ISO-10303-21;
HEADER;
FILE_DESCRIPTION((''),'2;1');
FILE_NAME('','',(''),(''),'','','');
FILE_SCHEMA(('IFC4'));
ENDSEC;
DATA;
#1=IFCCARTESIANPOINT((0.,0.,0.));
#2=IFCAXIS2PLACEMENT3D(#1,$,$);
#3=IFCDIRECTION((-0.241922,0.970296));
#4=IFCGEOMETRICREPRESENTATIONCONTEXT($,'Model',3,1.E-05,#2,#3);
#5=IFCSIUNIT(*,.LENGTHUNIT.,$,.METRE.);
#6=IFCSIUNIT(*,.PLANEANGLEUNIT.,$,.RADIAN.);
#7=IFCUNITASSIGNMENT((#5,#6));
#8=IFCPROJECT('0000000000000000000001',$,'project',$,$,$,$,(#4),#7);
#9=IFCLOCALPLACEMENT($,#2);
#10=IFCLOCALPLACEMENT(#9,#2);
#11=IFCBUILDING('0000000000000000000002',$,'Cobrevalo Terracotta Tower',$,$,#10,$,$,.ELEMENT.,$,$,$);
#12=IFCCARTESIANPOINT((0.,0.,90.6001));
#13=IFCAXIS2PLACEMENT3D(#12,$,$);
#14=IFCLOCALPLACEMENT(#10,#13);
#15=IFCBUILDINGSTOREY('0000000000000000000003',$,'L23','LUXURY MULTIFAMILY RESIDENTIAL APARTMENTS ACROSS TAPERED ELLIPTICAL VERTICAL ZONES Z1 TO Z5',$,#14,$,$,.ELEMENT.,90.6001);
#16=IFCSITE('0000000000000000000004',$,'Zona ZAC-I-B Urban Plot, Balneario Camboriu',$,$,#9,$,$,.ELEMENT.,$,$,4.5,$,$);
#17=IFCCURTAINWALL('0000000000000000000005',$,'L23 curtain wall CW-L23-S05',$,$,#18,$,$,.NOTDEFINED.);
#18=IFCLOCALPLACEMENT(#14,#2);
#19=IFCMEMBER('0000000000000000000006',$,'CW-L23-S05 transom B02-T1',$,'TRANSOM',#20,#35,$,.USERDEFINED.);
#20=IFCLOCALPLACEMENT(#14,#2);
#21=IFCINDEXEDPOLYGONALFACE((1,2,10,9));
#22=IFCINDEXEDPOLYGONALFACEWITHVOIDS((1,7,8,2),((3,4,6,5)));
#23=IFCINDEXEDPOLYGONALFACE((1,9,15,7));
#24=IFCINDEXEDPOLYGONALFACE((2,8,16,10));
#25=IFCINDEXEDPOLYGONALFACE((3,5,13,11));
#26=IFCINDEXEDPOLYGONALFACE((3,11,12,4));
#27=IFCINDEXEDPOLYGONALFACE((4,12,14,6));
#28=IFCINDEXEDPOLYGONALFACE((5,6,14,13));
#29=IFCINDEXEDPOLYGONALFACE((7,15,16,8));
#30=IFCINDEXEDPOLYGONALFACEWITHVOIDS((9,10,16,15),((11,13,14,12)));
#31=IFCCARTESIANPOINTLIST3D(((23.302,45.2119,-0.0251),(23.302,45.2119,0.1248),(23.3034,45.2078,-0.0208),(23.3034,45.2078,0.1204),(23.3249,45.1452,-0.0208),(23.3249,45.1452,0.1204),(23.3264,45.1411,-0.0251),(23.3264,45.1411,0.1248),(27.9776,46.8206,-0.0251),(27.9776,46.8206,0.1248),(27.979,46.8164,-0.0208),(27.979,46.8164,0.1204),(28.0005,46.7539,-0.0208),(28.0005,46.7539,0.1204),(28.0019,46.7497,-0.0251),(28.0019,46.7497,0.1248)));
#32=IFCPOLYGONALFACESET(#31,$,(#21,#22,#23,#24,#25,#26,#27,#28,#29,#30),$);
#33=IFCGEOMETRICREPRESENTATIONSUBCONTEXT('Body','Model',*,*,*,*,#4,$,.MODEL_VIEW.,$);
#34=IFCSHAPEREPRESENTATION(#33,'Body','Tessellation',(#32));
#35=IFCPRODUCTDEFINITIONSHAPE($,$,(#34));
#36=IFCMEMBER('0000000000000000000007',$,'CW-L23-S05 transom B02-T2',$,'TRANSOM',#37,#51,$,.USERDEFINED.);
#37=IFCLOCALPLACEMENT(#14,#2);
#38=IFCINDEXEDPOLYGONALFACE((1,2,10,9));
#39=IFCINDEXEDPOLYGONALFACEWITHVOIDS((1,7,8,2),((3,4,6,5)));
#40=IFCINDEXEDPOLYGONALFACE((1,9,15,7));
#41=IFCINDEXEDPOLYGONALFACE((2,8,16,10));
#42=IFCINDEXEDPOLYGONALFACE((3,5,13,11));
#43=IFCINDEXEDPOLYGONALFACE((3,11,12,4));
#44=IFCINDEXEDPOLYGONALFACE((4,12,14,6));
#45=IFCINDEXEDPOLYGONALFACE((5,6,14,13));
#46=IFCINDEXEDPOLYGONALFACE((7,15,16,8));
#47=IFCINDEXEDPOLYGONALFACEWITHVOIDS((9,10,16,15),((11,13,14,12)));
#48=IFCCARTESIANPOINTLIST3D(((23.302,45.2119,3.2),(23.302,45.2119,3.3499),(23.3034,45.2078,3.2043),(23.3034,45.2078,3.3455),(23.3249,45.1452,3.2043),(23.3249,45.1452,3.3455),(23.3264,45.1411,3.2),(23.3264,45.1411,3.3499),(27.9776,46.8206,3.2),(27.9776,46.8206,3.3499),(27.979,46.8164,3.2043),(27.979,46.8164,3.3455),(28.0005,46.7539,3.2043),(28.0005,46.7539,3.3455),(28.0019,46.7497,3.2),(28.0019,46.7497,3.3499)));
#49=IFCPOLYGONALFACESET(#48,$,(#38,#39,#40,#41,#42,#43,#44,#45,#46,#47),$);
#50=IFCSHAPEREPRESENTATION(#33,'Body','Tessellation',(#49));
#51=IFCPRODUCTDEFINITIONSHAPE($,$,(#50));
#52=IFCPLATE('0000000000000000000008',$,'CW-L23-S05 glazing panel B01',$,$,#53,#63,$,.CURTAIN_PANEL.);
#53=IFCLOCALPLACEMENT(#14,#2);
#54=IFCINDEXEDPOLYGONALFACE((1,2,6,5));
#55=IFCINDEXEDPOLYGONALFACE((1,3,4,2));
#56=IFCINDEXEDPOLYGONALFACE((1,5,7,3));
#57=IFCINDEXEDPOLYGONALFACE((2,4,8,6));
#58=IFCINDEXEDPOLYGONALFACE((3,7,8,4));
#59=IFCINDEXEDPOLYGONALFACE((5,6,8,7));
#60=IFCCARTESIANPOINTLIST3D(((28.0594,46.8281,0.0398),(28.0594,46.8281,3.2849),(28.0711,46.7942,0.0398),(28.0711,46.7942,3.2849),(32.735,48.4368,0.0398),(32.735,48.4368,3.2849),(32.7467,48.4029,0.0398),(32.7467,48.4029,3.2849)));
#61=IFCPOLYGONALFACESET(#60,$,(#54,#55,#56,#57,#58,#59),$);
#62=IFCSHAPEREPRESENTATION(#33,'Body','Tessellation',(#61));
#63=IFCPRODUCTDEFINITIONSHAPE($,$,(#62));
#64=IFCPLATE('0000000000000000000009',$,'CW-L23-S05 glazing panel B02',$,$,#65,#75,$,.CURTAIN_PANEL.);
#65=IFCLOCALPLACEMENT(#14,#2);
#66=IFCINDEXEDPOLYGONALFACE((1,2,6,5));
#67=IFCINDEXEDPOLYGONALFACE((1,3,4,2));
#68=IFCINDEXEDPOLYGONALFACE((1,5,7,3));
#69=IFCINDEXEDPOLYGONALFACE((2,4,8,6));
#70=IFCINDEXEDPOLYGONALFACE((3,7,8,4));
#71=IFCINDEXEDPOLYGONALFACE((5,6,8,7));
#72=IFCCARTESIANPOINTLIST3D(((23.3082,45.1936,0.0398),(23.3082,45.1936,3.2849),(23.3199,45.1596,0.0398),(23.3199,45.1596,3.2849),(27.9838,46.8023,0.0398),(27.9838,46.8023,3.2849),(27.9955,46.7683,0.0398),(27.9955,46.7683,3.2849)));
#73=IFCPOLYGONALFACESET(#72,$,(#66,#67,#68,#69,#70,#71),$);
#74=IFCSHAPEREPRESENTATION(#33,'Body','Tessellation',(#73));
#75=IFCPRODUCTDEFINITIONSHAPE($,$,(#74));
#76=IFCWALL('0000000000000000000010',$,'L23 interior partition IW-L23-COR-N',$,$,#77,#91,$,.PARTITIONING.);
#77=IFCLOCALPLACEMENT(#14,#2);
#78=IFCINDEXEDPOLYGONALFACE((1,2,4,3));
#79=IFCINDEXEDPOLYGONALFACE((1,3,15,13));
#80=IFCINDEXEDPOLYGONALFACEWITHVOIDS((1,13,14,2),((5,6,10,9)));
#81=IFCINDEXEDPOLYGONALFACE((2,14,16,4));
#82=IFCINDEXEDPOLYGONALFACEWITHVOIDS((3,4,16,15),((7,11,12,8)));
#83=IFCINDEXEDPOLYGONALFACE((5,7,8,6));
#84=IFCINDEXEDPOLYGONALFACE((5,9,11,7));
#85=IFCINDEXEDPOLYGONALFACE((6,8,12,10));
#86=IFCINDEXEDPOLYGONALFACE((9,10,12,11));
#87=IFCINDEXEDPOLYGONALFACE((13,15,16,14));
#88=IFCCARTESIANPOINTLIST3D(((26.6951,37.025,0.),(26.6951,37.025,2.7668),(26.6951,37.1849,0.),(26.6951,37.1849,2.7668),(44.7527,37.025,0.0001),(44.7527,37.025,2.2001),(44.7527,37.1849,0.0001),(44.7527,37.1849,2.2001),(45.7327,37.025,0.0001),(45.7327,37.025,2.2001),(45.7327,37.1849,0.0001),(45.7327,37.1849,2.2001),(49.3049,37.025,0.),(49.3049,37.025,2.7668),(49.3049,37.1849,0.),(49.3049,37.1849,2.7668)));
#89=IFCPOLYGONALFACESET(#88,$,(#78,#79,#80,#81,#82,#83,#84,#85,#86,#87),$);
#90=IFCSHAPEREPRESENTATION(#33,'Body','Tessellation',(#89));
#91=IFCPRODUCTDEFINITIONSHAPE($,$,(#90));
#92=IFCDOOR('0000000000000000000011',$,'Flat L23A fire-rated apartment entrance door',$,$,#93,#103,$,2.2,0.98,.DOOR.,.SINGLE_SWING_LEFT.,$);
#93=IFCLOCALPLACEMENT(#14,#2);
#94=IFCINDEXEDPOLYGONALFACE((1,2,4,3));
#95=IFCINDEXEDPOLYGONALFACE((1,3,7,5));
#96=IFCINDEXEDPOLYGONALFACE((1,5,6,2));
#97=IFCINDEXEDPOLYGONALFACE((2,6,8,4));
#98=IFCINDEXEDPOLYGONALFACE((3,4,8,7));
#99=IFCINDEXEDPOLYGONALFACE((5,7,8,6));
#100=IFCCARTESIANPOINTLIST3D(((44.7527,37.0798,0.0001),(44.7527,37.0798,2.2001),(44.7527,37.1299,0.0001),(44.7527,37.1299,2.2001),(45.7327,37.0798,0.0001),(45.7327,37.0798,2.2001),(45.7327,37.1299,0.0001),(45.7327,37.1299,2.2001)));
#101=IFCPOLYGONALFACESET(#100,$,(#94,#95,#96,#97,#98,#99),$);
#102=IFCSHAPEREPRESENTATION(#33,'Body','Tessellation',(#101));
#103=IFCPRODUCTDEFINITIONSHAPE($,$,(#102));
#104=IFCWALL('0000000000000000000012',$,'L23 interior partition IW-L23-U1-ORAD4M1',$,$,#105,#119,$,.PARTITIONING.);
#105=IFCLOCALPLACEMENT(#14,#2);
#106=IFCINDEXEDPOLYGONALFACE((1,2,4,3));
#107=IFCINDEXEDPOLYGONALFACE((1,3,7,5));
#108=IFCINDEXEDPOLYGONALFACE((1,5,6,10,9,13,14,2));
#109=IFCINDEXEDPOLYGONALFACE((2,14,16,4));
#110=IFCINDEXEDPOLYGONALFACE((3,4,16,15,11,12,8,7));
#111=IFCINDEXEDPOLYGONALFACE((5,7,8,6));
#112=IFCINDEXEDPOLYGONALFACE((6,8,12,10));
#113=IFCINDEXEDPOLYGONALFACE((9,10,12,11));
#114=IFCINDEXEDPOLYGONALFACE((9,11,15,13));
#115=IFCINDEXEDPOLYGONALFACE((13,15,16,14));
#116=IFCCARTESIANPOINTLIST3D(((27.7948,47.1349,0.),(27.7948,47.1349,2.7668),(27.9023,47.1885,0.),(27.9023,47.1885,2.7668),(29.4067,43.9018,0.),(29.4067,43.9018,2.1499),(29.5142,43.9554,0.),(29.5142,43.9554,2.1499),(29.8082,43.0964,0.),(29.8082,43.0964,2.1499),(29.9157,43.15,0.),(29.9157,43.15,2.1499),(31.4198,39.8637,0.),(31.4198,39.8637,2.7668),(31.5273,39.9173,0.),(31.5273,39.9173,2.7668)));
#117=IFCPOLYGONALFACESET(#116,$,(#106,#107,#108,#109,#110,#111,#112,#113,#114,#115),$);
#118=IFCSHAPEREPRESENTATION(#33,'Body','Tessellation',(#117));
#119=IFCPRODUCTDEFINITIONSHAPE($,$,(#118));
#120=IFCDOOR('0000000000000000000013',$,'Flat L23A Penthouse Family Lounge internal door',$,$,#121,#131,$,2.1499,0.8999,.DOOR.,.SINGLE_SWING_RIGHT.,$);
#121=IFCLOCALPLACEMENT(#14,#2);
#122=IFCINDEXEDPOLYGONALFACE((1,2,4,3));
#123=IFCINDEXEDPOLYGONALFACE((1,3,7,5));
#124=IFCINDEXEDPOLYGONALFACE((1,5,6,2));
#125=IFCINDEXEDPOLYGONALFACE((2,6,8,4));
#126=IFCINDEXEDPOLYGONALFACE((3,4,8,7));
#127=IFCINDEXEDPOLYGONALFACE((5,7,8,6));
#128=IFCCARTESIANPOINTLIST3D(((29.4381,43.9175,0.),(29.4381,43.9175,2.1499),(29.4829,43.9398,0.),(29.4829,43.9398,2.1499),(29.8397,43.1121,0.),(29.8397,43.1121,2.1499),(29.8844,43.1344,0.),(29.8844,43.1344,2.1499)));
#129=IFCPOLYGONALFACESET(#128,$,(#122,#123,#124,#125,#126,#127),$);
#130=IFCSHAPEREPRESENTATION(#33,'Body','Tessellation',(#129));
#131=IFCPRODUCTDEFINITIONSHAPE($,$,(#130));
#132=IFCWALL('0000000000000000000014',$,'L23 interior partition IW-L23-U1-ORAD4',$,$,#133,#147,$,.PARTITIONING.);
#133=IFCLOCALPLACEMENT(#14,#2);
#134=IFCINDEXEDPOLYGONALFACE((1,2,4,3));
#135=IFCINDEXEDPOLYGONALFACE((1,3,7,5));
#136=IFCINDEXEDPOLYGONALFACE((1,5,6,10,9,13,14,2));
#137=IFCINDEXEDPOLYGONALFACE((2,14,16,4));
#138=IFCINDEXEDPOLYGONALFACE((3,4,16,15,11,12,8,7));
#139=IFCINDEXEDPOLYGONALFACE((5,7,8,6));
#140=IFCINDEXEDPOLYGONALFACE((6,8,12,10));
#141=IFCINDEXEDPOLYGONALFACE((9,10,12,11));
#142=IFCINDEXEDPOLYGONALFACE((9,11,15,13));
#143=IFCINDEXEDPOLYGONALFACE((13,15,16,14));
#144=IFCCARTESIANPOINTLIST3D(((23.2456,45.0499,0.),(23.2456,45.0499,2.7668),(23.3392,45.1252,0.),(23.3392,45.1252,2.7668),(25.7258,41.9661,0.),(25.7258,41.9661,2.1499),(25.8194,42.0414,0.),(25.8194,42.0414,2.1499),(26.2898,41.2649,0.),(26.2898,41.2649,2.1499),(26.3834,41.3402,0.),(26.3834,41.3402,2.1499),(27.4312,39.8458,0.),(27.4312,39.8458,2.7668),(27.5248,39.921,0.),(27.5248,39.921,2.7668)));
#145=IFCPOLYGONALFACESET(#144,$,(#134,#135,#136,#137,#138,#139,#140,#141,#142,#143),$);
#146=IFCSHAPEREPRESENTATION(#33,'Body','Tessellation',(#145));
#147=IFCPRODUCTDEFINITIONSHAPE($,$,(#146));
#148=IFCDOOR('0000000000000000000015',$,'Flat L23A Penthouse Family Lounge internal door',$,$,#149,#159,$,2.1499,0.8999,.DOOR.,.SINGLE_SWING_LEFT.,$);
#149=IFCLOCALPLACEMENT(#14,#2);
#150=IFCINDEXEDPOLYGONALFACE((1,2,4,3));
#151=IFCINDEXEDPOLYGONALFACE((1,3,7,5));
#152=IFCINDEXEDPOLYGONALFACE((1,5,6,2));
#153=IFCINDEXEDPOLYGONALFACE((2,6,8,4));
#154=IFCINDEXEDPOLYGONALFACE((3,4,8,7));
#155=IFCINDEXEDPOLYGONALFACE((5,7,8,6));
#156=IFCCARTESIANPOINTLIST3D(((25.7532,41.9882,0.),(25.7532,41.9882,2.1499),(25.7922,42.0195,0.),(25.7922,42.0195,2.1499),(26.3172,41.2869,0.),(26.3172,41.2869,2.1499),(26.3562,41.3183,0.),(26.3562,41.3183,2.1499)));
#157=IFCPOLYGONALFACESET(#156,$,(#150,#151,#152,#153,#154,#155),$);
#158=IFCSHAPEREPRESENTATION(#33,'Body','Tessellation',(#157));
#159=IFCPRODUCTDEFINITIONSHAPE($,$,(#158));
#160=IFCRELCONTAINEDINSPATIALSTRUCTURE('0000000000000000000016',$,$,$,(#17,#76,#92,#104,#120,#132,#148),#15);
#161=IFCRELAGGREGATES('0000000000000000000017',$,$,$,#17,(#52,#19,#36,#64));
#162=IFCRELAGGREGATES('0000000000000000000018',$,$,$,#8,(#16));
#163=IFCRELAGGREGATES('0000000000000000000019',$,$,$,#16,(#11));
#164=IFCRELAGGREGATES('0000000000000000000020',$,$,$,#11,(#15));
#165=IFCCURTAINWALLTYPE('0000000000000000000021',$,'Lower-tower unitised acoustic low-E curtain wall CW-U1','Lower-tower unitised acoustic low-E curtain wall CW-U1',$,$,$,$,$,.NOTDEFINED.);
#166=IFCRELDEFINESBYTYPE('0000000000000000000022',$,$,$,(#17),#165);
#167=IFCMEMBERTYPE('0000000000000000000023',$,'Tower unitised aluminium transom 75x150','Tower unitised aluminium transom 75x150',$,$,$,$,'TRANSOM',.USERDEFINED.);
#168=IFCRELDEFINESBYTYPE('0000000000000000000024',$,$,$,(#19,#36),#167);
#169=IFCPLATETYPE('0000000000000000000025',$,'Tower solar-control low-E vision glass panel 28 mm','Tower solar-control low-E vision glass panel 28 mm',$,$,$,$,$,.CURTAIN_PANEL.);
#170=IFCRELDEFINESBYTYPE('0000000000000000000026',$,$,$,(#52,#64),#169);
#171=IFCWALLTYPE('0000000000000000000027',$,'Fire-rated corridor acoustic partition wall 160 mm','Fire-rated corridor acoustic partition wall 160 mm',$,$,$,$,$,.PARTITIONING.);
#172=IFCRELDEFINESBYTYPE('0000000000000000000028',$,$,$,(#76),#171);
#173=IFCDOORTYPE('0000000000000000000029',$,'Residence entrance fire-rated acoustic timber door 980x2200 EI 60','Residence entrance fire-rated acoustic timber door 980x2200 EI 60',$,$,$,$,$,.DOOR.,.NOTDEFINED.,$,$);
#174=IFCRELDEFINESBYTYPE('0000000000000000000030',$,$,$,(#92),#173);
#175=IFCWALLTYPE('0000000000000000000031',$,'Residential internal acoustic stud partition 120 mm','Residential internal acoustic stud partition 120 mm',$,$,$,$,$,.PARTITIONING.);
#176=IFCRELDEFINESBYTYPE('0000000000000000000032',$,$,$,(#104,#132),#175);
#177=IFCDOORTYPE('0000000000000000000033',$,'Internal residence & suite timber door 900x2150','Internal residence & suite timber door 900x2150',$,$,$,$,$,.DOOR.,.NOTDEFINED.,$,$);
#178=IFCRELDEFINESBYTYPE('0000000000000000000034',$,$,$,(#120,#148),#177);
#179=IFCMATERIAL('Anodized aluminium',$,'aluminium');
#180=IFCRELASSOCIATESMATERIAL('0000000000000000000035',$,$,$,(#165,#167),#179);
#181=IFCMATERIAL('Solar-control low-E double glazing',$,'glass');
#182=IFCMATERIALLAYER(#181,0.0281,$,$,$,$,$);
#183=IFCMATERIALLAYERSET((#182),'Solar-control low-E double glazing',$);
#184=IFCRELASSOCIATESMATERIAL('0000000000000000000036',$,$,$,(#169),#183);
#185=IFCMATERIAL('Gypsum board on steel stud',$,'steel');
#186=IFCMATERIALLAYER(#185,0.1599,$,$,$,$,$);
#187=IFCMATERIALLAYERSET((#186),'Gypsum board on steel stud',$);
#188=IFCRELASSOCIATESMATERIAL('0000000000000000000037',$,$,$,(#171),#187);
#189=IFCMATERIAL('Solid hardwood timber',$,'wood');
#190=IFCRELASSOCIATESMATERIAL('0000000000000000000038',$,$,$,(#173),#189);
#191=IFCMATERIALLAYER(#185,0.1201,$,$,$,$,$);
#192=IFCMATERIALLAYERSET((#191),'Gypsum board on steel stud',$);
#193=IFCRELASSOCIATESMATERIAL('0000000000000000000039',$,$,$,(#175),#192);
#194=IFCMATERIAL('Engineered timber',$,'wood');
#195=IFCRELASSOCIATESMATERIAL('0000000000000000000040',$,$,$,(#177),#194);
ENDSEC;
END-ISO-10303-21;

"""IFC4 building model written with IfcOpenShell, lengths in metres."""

from ifc_helpers import new_model, si_unit, direction, frame, frame_2d, origin, origin_2d, place, context, subcontext, project, spatial, rectangle, hollow_rectangle, extrude, source, transform, mapped, material, layer, layer_set, material_profile, profile_set, type_object, element, fill, aggregate, save


model = new_model("IFC4")

# Units and contexts
model_context = context("Model", 3, precision=1e-05, world=origin(), true_north=direction((-0.241922, 0.970296)))
body_context = subcontext(model_context, "Body", "Model", "MODEL_VIEW")
ifc_project = project(units=[si_unit("LENGTHUNIT", "METRE"), si_unit("PLANEANGLEUNIT", "RADIAN")], contexts=[model_context])

# Site, building, storey
site_placement = place(None, origin())
site = spatial("IfcSite", under=ifc_project, at=site_placement, Name="Zona ZAC-I-B Urban Plot, Balneario Camboriu", CompositionType="ELEMENT", RefElevation=4.5)
building_placement = place(site_placement, origin())
building = spatial("IfcBuilding", under=site, at=building_placement, Name="Cobrevalo Terracotta Tower", CompositionType="ELEMENT")
storey_placement = place(building_placement, frame((0.0, 0.0, 90.6001)))
storey = spatial("IfcBuildingStorey", under=building, at=storey_placement, Name="L23", Description="LUXURY MULTIFAMILY RESIDENTIAL APARTMENTS ACROSS TAPERED ELLIPTICAL VERTICAL ZONES Z1 TO Z5", CompositionType="ELEMENT", Elevation=90.6001)

# Curtain wall, members, plates
ifc_material_1 = material(Name="Anodized aluminium", Category="aluminium")
curtain_wall_type = type_object("IfcCurtainWallType", Name="Lower-tower unitised acoustic low-E curtain wall CW-U1", Description="Lower-tower unitised acoustic low-E curtain wall CW-U1", PredefinedType="NOTDEFINED", material=ifc_material_1)
curtain_wall_placement = place(storey_placement, origin())
curtain_wall = element("IfcCurtainWall", 1, at=curtain_wall_placement, inside=storey, type_object=curtain_wall_type, Name="L23 curtain wall CW-L23-S05", PredefinedType="NOTDEFINED")
ifc_material_profile_1 = material_profile(ifc_material_1, hollow_rectangle(XDim=0.075, YDim=0.1499, WallThickness=0.0044, at=origin_2d()), Name="CWT 75x150")
ifc_profile_set_1 = profile_set([ifc_material_profile_1], Name="Anodized aluminium")
member_type_1 = type_object("IfcMemberType", Name="Tower unitised aluminium transom 75x150", Description="Tower unitised aluminium transom 75x150", ElementType="TRANSOM", PredefinedType="USERDEFINED", material=ifc_profile_set_1)
shared_shape_1 = source(origin(), body_context, "Body", "SweptSolid", [
    extrude(hollow_rectangle(XDim=0.075, YDim=0.1499, WallThickness=0.0044, at=origin_2d()), origin(), (0.0, 0.0, 1.0), 4.9446),
])
member_1_placement = place(storey_placement, frame((27.9897, 46.7852, 0.0498), z_axis=(-0.945598, -0.325338, 0.0), x_axis=(0.325338, -0.945598, 0.0)))
member_1 = element("IfcMember", 2, at=member_1_placement, type_object=member_type_1, Name="CW-L23-S05 transom B02-T1", ObjectType="TRANSOM", PredefinedType="USERDEFINED", context=body_context, shape_type="MappedRepresentation", body=[
    mapped(shared_shape_1, transform((0.0, 0.0, 0.0), scale=1.0)),
])
member_2_placement = place(storey_placement, frame((27.9897, 46.7852, 3.2749), z_axis=(-0.945598, -0.325338, 0.0), x_axis=(0.325338, -0.945598, 0.0)))
member_2 = element("IfcMember", 3, at=member_2_placement, type_object=member_type_1, Name="CW-L23-S05 transom B02-T2", ObjectType="TRANSOM", PredefinedType="USERDEFINED", context=body_context, shape_type="MappedRepresentation", body=[
    mapped(shared_shape_1, transform((0.0, 0.0, 0.0), scale=1.0)),
])
ifc_material_2 = material(Name="Solar-control low-E double glazing", Category="glass")
ifc_layer_1 = layer(ifc_material_2, 0.0281)
ifc_layer_set_1 = layer_set([ifc_layer_1], Name="Solar-control low-E double glazing")
plate_type = type_object("IfcPlateType", Name="Tower solar-control low-E vision glass panel 28 mm", Description="Tower solar-control low-E vision glass panel 28 mm", PredefinedType="CURTAIN_PANEL", material=ifc_layer_set_1)
shared_shape_2 = source(origin(), body_context, "Body", "SweptSolid", [
    extrude(rectangle(XDim=4.9446, YDim=0.0359, at=origin_2d()), origin(), (0.0, 0.0, 1.0), 3.2451),
])
plate_1_placement = place(storey_placement, frame((30.4031, 47.6155, 0.0398), z_axis=(0.0, 0.0, 1.0), x_axis=(-0.945596, -0.325342, 0.0)))
plate_1 = element("IfcPlate", 4, at=plate_1_placement, type_object=plate_type, Name="CW-L23-S05 glazing panel B01", PredefinedType="CURTAIN_PANEL", context=body_context, shape_type="MappedRepresentation", body=[
    mapped(shared_shape_2, transform((0.0, 0.0, 0.0), scale=1.0)),
])
plate_2_placement = place(storey_placement, frame((25.6519, 45.981, 0.0398), z_axis=(0.0, 0.0, 1.0), x_axis=(-0.945596, -0.325342, 0.0)))
plate_2 = element("IfcPlate", 5, at=plate_2_placement, type_object=plate_type, Name="CW-L23-S05 glazing panel B02", PredefinedType="CURTAIN_PANEL", context=body_context, shape_type="MappedRepresentation", body=[
    mapped(shared_shape_2, transform((0.0, 0.0, 0.0), scale=1.0)),
])
aggregate(curtain_wall, [plate_1, member_1, member_2, plate_2])

# Walls, openings, doors
ifc_material_3 = material(Name="Gypsum board on steel stud", Category="steel")
ifc_layer_2 = layer(ifc_material_3, 0.1599)
ifc_layer_set_2 = layer_set([ifc_layer_2], Name="Gypsum board on steel stud")
wall_type_1 = type_object("IfcWallType", Name="Fire-rated corridor acoustic partition wall 160 mm", Description="Fire-rated corridor acoustic partition wall 160 mm", PredefinedType="PARTITIONING", material=ifc_layer_set_2)
wall_1_placement = place(storey_placement, frame((26.6951, 37.105, 0.0), z_axis=(0.0, 0.0, 1.0), x_axis=(1.0, 0.0, 0.0)))
wall_1 = element("IfcWall", 6, at=wall_1_placement, inside=storey, type_object=wall_type_1, Name="L23 interior partition IW-L23-COR-N", PredefinedType="PARTITIONING", context=body_context, shape_type="SweptSolid", body=[
    extrude(rectangle(XDim=22.6099, YDim=0.1599, at=frame_2d((11.3049, 0.0))), origin(), (0.0, 0.0, 1.0), 2.7668),
])
opening_1_placement = place(wall_1_placement, frame((18.0576, 0.0, 0.0)))
opening_1 = element("IfcOpeningElement", 7, at=opening_1_placement, cuts=wall_1, PredefinedType="OPENING", context=body_context, shape_type="SweptSolid", body=[
    extrude(rectangle(XDim=0.98, YDim=2.2, at=frame_2d((0.49, 1.1001))), frame((0.0, 0.0898, 0.0), z_axis=(0.0, -1.0, 0.0), x_axis=(1.0, 0.0, 0.0)), (0.0, 0.0, 1.0), 0.1799),
])
ifc_material_4 = material(Name="Solid hardwood timber", Category="wood")
door_type_1 = type_object("IfcDoorType", Name="Residence entrance fire-rated acoustic timber door 980x2200 EI 60", Description="Residence entrance fire-rated acoustic timber door 980x2200 EI 60", OperationType="NOTDEFINED", PredefinedType="DOOR", material=ifc_material_4)
shared_shape_3 = source(origin(), body_context, "Body", "SweptSolid", [
    extrude(rectangle(XDim=0.98, YDim=2.2, at=frame_2d((0.49, 1.1001))), frame((0.0, 0.0249, 0.0), z_axis=(0.0, -1.0, 0.0), x_axis=(1.0, 0.0, 0.0)), (0.0, 0.0, 1.0), 0.05),
])
door_1_placement = place(opening_1_placement, origin())
door_1 = element("IfcDoor", 8, at=door_1_placement, inside=storey, type_object=door_type_1, Name="Flat L23A fire-rated apartment entrance door", OperationType="SINGLE_SWING_LEFT", OverallHeight=2.2, OverallWidth=0.98, PredefinedType="DOOR", context=body_context, shape_type="MappedRepresentation", body=[
    mapped(shared_shape_3, transform((0.0, 0.0, 0.0), scale=1.0)),
])
fill(opening_1, door_1)
ifc_layer_3 = layer(ifc_material_3, 0.1201)
ifc_layer_set_3 = layer_set([ifc_layer_3], Name="Gypsum board on steel stud")
wall_type_2 = type_object("IfcWallType", Name="Residential internal acoustic stud partition 120 mm", Description="Residential internal acoustic stud partition 120 mm", PredefinedType="PARTITIONING", material=ifc_layer_set_3)
wall_2_placement = place(storey_placement, frame((31.4736, 39.8904, 0.0), z_axis=(0.0, 0.0, 1.0), x_axis=(-0.446168, 0.894949, 0.0)))
wall_2 = element("IfcWall", 9, at=wall_2_placement, inside=storey, type_object=wall_type_2, Name="L23 interior partition IW-L23-U1-ORAD4M1", PredefinedType="PARTITIONING", context=body_context, shape_type="SweptSolid", body=[
    extrude(rectangle(XDim=8.1248, YDim=0.1201, at=frame_2d((4.0625, 0.0))), origin(), (0.0, 0.0, 1.0), 2.7668),
])
opening_2_placement = place(wall_2_placement, frame((3.6123, 0.0, 0.0)))
opening_2 = element("IfcOpeningElement", 10, at=opening_2_placement, cuts=wall_2, PredefinedType="OPENING", context=body_context, shape_type="SweptSolid", body=[
    extrude(rectangle(XDim=0.8999, YDim=2.1499, at=frame_2d((0.45, 1.075))), frame((0.0, 0.0701, 0.0), z_axis=(0.0, -1.0, 0.0), x_axis=(1.0, 0.0, 0.0)), (0.0, 0.0, 1.0), 0.1401),
])
ifc_material_5 = material(Name="Engineered timber", Category="wood")
door_type_2 = type_object("IfcDoorType", Name="Internal residence & suite timber door 900x2150", Description="Internal residence & suite timber door 900x2150", OperationType="NOTDEFINED", PredefinedType="DOOR", material=ifc_material_5)
shared_shape_4 = source(origin(), body_context, "Body", "SweptSolid", [
    extrude(rectangle(XDim=0.8999, YDim=2.1499, at=frame_2d((0.45, 1.075))), frame((0.0, 0.0249, 0.0), z_axis=(0.0, -1.0, 0.0), x_axis=(1.0, 0.0, 0.0)), (0.0, 0.0, 1.0), 0.05),
])
door_2_placement = place(opening_2_placement, origin())
door_2 = element("IfcDoor", 11, at=door_2_placement, inside=storey, type_object=door_type_2, Name="Flat L23A Penthouse Family Lounge internal door", OperationType="SINGLE_SWING_RIGHT", OverallHeight=2.1499, OverallWidth=0.8999, PredefinedType="DOOR", context=body_context, shape_type="MappedRepresentation", body=[
    mapped(shared_shape_4, transform((0.0, 0.0, 0.0), scale=1.0)),
])
fill(opening_2, door_2)
wall_3_placement = place(storey_placement, frame((27.478, 39.8833, 0.0), z_axis=(0.0, 0.0, 1.0), x_axis=(-0.626726, 0.77924, 0.0)))
wall_3 = element("IfcWall", 12, at=wall_3_placement, inside=storey, type_object=wall_type_2, Name="L23 interior partition IW-L23-U1-ORAD4", PredefinedType="PARTITIONING", context=body_context, shape_type="SweptSolid", body=[
    extrude(rectangle(XDim=6.6785, YDim=0.1201, at=frame_2d((3.3394, 0.0))), origin(), (0.0, 0.0, 1.0), 2.7668),
])
opening_3_placement = place(wall_3_placement, frame((1.8213, 0.0, 0.0)))
opening_3 = element("IfcOpeningElement", 13, at=opening_3_placement, cuts=wall_3, PredefinedType="OPENING", context=body_context, shape_type="SweptSolid", body=[
    extrude(rectangle(XDim=0.8999, YDim=2.1499, at=frame_2d((0.45, 1.075))), frame((0.0, 0.0701, 0.0), z_axis=(0.0, -1.0, 0.0), x_axis=(1.0, 0.0, 0.0)), (0.0, 0.0, 1.0), 0.1401),
])
door_3_placement = place(opening_3_placement, origin())
door_3 = element("IfcDoor", 14, at=door_3_placement, inside=storey, type_object=door_type_2, Name="Flat L23A Penthouse Family Lounge internal door", OperationType="SINGLE_SWING_LEFT", OverallHeight=2.1499, OverallWidth=0.8999, PredefinedType="DOOR", context=body_context, shape_type="MappedRepresentation", body=[
    mapped(shared_shape_4, transform((0.0, 0.0, 0.0), scale=1.0)),
])
fill(opening_3, door_3)

save(model, "model.ifc")
